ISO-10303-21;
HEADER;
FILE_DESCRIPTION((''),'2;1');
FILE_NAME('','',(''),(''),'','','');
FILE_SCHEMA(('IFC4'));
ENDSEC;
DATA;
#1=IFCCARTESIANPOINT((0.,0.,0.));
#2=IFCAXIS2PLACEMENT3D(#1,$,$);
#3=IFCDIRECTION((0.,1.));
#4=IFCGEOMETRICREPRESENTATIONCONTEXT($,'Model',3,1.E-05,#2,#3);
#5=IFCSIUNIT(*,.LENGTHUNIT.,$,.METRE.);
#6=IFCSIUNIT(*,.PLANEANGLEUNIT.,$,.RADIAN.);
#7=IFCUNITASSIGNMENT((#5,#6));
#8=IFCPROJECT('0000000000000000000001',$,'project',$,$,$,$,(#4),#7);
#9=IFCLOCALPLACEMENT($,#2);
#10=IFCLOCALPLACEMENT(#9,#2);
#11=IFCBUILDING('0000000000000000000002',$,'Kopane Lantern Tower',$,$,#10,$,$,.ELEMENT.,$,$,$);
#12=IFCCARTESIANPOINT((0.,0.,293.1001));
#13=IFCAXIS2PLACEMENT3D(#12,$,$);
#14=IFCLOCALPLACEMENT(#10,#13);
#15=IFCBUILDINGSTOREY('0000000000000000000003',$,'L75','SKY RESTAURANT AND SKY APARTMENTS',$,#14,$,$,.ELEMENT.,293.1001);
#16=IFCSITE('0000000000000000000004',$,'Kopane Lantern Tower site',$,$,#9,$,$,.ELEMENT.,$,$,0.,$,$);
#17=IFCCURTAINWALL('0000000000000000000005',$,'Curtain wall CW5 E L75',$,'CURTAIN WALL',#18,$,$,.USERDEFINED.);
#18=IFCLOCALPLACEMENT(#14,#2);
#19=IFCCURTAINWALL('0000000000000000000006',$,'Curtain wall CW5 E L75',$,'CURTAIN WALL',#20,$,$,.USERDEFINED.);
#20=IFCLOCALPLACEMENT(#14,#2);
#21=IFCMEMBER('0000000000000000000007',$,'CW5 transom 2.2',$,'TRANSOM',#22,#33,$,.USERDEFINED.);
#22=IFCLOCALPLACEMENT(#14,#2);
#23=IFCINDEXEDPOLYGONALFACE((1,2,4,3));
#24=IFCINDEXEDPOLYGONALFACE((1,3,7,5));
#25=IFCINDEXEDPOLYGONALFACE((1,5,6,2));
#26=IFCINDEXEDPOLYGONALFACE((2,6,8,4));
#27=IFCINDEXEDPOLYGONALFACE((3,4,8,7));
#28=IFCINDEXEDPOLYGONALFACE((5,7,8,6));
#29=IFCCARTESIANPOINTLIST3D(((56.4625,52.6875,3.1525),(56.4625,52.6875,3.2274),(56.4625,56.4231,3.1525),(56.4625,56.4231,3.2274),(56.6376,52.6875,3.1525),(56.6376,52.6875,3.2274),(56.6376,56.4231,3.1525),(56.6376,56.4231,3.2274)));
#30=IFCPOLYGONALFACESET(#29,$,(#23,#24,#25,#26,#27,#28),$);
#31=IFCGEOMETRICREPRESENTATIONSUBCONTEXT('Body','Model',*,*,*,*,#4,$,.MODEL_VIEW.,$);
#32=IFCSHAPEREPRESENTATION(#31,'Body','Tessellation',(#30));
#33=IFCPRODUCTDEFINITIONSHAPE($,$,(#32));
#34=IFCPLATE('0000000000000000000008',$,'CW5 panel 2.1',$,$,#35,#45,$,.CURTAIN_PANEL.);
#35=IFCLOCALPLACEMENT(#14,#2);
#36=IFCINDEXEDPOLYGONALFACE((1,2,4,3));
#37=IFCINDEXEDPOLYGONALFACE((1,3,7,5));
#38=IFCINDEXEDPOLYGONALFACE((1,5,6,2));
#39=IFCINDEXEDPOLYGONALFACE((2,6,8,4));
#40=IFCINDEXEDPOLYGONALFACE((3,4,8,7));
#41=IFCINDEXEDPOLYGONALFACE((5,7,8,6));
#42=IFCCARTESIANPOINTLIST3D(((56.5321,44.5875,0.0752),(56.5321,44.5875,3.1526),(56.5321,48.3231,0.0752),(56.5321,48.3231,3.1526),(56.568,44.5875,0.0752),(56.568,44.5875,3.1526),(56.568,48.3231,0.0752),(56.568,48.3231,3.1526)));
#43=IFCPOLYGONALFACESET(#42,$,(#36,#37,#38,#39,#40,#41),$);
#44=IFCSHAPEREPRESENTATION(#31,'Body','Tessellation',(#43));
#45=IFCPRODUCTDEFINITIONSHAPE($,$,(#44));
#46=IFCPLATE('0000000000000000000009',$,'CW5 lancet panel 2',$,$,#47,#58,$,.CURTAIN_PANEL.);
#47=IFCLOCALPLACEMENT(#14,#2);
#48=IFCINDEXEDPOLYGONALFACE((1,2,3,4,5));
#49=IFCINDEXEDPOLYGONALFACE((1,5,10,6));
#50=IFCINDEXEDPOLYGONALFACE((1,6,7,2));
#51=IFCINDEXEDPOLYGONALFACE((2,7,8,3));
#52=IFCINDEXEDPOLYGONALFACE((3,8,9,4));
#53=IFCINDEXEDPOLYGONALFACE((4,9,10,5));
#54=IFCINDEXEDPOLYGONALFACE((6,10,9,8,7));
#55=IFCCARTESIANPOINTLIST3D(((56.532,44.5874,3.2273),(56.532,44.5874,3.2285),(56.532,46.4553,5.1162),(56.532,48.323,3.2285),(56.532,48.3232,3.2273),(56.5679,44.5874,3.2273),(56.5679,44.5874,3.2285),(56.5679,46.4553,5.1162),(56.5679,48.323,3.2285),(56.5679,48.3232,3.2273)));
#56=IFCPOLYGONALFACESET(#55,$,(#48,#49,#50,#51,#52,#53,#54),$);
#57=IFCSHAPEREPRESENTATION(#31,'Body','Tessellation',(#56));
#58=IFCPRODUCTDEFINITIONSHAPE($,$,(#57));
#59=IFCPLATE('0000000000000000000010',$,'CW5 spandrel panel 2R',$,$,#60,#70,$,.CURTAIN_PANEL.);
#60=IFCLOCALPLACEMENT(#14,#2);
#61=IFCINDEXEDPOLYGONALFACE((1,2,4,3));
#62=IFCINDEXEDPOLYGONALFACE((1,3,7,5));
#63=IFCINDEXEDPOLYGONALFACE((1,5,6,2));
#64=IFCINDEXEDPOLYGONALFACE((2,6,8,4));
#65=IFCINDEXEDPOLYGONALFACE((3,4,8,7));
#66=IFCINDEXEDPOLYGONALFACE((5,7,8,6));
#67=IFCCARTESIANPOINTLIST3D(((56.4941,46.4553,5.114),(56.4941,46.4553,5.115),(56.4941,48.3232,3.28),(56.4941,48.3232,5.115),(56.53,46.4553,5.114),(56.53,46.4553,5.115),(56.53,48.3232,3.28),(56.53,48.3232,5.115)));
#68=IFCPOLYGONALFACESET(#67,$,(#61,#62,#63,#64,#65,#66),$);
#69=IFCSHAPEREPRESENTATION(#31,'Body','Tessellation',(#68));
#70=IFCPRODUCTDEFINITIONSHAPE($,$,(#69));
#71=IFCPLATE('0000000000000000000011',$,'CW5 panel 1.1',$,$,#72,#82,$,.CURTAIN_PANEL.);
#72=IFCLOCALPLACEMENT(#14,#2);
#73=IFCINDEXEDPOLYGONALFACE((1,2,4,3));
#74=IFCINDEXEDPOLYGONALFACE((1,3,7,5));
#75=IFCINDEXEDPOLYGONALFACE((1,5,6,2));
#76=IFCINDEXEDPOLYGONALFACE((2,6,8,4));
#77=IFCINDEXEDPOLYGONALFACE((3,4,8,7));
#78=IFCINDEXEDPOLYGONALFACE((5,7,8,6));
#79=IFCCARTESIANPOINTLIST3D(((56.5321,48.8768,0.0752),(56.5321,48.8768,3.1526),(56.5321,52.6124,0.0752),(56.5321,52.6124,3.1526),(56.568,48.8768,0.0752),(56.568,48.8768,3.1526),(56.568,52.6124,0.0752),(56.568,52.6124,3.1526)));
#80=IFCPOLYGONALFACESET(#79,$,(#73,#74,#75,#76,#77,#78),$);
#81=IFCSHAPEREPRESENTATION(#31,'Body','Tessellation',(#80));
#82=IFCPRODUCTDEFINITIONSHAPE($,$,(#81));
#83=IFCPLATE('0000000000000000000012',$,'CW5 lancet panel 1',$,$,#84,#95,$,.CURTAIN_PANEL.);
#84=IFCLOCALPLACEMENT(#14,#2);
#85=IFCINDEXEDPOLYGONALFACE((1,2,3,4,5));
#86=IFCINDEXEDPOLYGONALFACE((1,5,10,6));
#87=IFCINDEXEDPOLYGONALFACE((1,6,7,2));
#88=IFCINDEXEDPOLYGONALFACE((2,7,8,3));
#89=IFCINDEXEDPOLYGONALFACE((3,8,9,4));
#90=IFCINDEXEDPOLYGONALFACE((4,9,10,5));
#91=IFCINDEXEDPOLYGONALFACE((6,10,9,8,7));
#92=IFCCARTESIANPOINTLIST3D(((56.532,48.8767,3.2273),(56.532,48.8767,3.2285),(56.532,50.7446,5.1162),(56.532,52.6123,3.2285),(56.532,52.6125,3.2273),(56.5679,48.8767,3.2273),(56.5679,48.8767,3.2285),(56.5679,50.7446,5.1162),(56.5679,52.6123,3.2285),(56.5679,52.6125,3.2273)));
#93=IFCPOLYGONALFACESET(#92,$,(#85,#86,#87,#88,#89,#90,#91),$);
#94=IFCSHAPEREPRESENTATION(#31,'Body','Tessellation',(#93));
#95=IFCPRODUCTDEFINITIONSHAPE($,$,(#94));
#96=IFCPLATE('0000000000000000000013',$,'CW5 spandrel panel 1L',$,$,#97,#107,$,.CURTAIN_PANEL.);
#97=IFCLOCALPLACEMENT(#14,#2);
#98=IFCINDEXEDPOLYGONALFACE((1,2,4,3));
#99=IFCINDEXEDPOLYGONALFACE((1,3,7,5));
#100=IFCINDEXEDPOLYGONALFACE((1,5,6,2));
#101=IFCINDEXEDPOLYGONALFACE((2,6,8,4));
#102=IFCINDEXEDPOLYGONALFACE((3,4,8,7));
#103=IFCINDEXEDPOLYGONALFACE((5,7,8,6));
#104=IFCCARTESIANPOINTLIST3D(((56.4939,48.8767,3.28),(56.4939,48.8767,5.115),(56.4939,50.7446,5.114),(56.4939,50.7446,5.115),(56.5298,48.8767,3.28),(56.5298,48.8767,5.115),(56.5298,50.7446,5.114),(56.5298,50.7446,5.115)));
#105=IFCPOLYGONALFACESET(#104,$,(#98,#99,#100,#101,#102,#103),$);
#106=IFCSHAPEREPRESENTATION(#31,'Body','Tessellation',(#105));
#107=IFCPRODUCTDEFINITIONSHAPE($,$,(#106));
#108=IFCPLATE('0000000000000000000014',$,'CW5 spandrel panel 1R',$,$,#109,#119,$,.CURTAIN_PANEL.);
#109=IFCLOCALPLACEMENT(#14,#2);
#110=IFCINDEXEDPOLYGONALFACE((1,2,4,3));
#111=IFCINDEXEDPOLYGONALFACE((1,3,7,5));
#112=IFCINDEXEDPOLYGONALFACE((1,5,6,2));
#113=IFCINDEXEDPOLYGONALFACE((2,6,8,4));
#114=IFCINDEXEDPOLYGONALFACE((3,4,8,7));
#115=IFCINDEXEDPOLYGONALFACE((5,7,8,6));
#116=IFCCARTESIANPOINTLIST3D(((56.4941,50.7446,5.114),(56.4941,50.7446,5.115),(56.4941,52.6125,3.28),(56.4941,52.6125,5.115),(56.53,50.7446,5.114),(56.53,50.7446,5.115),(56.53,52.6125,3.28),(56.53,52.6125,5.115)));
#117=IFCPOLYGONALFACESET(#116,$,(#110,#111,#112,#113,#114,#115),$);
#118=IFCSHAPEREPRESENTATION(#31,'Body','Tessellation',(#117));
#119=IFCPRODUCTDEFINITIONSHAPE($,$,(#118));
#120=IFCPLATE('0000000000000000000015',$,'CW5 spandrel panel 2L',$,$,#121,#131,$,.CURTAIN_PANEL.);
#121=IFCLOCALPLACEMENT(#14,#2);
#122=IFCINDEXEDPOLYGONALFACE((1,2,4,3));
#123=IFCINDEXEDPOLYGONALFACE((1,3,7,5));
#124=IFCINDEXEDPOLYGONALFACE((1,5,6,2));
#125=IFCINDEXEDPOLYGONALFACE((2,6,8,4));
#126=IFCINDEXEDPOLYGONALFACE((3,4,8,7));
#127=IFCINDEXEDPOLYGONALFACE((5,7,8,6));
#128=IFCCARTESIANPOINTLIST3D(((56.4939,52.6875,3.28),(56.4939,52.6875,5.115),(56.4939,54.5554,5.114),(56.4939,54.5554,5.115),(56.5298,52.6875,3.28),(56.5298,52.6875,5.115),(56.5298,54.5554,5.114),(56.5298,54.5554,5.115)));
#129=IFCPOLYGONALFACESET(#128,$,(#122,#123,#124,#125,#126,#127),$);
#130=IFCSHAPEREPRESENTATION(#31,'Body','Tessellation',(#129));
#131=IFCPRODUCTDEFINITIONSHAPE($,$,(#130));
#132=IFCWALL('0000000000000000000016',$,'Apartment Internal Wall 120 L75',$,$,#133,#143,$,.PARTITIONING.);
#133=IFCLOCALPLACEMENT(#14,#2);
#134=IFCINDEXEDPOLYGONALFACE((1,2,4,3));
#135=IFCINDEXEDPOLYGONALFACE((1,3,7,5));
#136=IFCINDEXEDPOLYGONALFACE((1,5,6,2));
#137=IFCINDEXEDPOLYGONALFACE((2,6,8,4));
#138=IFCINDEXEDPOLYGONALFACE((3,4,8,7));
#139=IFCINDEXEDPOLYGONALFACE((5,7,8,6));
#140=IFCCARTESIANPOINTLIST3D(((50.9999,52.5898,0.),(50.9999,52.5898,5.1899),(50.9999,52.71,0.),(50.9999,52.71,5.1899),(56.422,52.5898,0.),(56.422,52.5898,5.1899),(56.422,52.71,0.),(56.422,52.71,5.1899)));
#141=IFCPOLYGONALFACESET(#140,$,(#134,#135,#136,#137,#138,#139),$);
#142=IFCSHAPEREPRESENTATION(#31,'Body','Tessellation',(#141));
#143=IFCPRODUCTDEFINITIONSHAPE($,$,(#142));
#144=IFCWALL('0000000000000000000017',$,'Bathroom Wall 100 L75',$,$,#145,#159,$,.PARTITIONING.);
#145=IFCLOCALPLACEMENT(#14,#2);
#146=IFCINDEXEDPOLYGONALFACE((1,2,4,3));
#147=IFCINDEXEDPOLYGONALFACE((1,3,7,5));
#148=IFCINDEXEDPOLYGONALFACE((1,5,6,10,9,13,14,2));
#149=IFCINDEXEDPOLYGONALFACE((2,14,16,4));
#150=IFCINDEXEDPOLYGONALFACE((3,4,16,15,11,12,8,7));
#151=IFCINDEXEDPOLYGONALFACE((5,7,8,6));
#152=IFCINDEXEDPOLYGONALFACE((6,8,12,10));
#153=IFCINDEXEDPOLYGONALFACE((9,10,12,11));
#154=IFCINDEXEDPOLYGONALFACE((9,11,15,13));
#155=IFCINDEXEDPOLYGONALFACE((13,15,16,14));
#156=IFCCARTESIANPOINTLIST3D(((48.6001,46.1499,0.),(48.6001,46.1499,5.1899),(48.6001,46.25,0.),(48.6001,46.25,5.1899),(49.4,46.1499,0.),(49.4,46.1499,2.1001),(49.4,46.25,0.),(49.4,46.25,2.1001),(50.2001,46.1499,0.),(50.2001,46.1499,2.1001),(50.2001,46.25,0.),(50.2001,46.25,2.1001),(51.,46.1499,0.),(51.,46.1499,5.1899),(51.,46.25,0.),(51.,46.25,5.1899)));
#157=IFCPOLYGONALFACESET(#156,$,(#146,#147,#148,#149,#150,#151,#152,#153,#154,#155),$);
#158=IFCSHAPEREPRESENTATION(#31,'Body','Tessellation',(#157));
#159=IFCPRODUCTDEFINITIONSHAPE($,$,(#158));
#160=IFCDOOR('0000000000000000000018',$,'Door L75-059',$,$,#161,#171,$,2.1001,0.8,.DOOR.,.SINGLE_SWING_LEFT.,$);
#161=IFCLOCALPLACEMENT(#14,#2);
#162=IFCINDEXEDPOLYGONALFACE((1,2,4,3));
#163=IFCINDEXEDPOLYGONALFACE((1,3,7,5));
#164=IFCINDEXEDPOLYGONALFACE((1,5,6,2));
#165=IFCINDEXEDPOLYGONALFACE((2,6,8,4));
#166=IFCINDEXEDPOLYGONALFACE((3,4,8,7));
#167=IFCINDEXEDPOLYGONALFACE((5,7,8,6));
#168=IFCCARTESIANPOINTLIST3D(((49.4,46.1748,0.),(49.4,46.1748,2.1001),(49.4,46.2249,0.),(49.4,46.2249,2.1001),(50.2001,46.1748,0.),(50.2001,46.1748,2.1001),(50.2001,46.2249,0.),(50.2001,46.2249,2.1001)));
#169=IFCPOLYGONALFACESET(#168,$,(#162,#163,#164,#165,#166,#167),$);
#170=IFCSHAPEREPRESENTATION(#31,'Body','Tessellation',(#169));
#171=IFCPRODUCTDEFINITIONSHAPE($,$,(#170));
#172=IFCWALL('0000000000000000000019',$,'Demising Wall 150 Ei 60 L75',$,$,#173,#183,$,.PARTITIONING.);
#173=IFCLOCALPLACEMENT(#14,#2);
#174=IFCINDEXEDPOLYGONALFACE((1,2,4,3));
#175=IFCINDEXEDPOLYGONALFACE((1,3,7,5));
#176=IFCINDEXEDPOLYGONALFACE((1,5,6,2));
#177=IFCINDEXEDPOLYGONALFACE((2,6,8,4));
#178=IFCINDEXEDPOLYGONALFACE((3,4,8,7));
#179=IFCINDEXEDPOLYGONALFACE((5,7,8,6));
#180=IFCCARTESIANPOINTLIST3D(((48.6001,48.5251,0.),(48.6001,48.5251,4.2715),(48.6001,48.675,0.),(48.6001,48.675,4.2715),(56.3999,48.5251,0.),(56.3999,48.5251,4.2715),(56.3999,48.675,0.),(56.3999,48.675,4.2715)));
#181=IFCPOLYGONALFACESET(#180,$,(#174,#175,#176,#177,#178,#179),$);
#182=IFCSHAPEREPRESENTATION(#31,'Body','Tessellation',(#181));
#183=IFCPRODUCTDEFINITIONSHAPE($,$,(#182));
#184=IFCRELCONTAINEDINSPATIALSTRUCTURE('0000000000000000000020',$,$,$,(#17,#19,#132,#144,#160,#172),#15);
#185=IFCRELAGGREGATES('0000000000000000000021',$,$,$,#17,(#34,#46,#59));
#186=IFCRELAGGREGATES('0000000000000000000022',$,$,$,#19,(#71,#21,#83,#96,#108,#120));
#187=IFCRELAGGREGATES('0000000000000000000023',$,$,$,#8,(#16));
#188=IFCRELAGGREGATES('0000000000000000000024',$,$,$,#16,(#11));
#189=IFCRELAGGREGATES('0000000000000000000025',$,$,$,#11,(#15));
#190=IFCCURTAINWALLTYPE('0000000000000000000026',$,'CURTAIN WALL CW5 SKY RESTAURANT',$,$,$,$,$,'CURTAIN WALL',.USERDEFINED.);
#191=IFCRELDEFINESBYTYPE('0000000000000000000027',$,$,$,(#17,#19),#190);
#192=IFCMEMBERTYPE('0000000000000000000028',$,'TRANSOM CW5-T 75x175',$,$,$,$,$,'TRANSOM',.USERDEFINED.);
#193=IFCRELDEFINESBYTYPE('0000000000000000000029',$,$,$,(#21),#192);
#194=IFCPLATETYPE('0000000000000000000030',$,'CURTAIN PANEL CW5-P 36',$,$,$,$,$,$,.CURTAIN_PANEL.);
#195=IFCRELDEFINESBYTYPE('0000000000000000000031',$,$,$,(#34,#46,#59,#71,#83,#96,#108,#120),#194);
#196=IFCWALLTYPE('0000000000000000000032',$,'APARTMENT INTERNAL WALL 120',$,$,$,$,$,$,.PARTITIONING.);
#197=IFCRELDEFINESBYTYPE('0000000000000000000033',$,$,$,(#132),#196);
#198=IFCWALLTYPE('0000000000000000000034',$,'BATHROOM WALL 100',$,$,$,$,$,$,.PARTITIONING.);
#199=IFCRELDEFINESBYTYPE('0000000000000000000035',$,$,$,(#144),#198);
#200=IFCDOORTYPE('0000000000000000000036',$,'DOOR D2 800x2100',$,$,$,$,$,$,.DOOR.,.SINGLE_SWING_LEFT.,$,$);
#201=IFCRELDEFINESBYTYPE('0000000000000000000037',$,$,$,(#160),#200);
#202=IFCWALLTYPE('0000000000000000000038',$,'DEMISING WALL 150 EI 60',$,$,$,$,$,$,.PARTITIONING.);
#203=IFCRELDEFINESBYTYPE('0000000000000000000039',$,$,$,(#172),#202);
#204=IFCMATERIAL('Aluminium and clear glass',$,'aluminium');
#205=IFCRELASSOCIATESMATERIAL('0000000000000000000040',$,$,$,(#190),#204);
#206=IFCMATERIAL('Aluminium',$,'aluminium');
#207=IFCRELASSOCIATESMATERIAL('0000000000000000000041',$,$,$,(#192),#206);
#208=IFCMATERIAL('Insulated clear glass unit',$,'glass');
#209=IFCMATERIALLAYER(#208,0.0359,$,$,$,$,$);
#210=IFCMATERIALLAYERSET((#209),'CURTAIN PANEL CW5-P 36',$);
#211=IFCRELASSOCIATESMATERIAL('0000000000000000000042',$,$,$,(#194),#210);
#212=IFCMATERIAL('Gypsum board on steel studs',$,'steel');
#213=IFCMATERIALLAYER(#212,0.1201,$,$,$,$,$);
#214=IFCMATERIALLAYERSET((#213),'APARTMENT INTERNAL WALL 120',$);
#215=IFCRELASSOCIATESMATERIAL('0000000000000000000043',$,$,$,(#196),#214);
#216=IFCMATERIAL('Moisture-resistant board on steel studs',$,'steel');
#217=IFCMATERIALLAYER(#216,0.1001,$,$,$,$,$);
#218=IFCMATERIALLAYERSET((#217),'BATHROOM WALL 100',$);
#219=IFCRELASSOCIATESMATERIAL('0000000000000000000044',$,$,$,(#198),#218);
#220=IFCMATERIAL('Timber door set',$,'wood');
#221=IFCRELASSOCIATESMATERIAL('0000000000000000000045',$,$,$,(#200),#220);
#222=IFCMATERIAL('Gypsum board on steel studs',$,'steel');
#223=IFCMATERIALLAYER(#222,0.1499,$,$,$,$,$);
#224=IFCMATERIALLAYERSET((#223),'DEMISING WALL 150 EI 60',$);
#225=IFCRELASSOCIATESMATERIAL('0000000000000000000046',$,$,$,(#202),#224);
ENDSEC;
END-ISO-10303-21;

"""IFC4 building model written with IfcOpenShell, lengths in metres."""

from ifc_helpers import new_model, si_unit, direction, frame, frame_2d, origin, origin_2d, place, context, subcontext, project, spatial, polyline, rectangle, outline, extrude, material, layer, layer_set, material_profile, profile_set, type_object, element, fill, aggregate, save


model = new_model("IFC4")

# Units and contexts
model_context = context("Model", 3, precision=1e-05, world=origin(), true_north=direction((0.0, 1.0)))
body_context = subcontext(model_context, "Body", "Model", "MODEL_VIEW")
ifc_project = project(units=[si_unit("LENGTHUNIT", "METRE"), si_unit("PLANEANGLEUNIT", "RADIAN")], contexts=[model_context])

# Site, building, storey
site_placement = place(None, origin())
site = spatial("IfcSite", under=ifc_project, at=site_placement, Name="Kopane Lantern Tower site", CompositionType="ELEMENT", RefElevation=0.0)
building_placement = place(site_placement, origin())
building = spatial("IfcBuilding", under=site, at=building_placement, Name="Kopane Lantern Tower", CompositionType="ELEMENT")
storey_placement = place(building_placement, frame((0.0, 0.0, 293.1001)))
storey = spatial("IfcBuildingStorey", under=building, at=storey_placement, Name="L75", Description="SKY RESTAURANT AND SKY APARTMENTS", CompositionType="ELEMENT", Elevation=293.1001)

# Curtain walls, member
ifc_material_1 = material(Name="Aluminium and clear glass", Category="aluminium")
curtain_wall_type = type_object("IfcCurtainWallType", Name="CURTAIN WALL CW5 SKY RESTAURANT", ElementType="CURTAIN WALL", PredefinedType="USERDEFINED", material=ifc_material_1)
curtain_wall_1_placement = place(storey_placement, origin())
curtain_wall_1 = element("IfcCurtainWall", 1, at=curtain_wall_1_placement, inside=storey, type_object=curtain_wall_type, Name="Curtain wall CW5 E L75", ObjectType="CURTAIN WALL", PredefinedType="USERDEFINED")
curtain_wall_2_placement = place(storey_placement, origin())
curtain_wall_2 = element("IfcCurtainWall", 2, at=curtain_wall_2_placement, inside=storey, type_object=curtain_wall_type, Name="Curtain wall CW5 E L75", ObjectType="CURTAIN WALL", PredefinedType="USERDEFINED")
ifc_material_2 = material(Name="Aluminium", Category="aluminium")
ifc_material_profile_1 = material_profile(ifc_material_2, rectangle(XDim=0.175, YDim=0.075, at=origin_2d()), Name="AL 175x75")
ifc_profile_set_1 = profile_set([ifc_material_profile_1], Name="Aluminium")
member_type_1 = type_object("IfcMemberType", Name="TRANSOM CW5-T 75x175", ElementType="TRANSOM", PredefinedType="USERDEFINED", material=ifc_profile_set_1)
member_1_placement = place(storey_placement, frame((56.55, 52.6875, 3.1899), z_axis=(0.0, 1.0, 0.0), x_axis=(-1.0, 0.0, 0.0)))
member_1 = element("IfcMember", 3, at=member_1_placement, type_object=member_type_1, Name="CW5 transom 2.2", ObjectType="TRANSOM", PredefinedType="USERDEFINED", context=body_context, shape_type="SweptSolid", body=[
    extrude(rectangle(XDim=0.175, YDim=0.075, at=origin_2d()), origin(), (0.0, 0.0, 1.0), 3.7356),
])

# Plates
ifc_material_3 = material(Name="Insulated clear glass unit", Category="glass")
ifc_layer_1 = layer(ifc_material_3, 0.0359)
ifc_layer_set_1 = layer_set([ifc_layer_1], Name="CURTAIN PANEL CW5-P 36")
plate_type = type_object("IfcPlateType", Name="CURTAIN PANEL CW5-P 36", PredefinedType="CURTAIN_PANEL", material=ifc_layer_set_1)
plate_1_placement = place(storey_placement, frame((56.55, 46.4553, 0.0752), z_axis=(0.0, 0.0, 1.0), x_axis=(0.0, 1.0, 0.0)))
plate_1 = element("IfcPlate", 4, at=plate_1_placement, type_object=plate_type, Name="CW5 panel 2.1", PredefinedType="CURTAIN_PANEL", context=body_context, shape_type="SweptSolid", body=[
    extrude(rectangle(XDim=3.7356, YDim=0.0359, at=origin_2d()), origin(), (0.0, 0.0, 1.0), 3.0774),
])
plate_2_placement = place(storey_placement, frame((56.55, 44.5874, 3.2273), z_axis=(0.0, 0.0, 1.0), x_axis=(0.0, 1.0, 0.0)))
plate_2 = element("IfcPlate", 5, at=plate_2_placement, type_object=plate_type, Name="CW5 lancet panel 2", PredefinedType="CURTAIN_PANEL", context=body_context, shape_type="SweptSolid", body=[
    extrude(outline(polyline([(0.0, 0.0), (3.7358, 0.0), (3.7356, 0.0012), (1.8679, 1.8889), (0.0, 0.0012), (0.0, 0.0)])), frame((0.0, 0.0181, 0.0), z_axis=(0.0, -1.0, 0.0), x_axis=(1.0, 0.0, 0.0)), (0.0, 0.0, 1.0), 0.0359),
])
plate_3_placement = place(storey_placement, frame((56.512, 48.3232, 5.115), z_axis=(0.0, 0.0, 1.0), x_axis=(0.0, -1.0, 0.0)))
plate_3 = element("IfcPlate", 6, at=plate_3_placement, type_object=plate_type, Name="CW5 spandrel panel 2R", PredefinedType="CURTAIN_PANEL", context=body_context, shape_type="SweptSolid", body=[
    extrude(outline(polyline([(0.0, 0.0), (1.8679, 0.0), (1.8679, -0.001), (0.0, -1.835), (0.0, 0.0)])), frame((0.0, 0.0181, 0.0), z_axis=(0.0, -1.0, 0.0), x_axis=(1.0, 0.0, 0.0)), (0.0, 0.0, 1.0), 0.0359),
])
aggregate(curtain_wall_1, [plate_1, plate_2, plate_3])
plate_4_placement = place(storey_placement, frame((56.55, 50.7446, 0.0752), z_axis=(0.0, 0.0, 1.0), x_axis=(0.0, 1.0, 0.0)))
plate_4 = element("IfcPlate", 7, at=plate_4_placement, type_object=plate_type, Name="CW5 panel 1.1", PredefinedType="CURTAIN_PANEL", context=body_context, shape_type="SweptSolid", body=[
    extrude(rectangle(XDim=3.7356, YDim=0.0359, at=origin_2d()), origin(), (0.0, 0.0, 1.0), 3.0774),
])
plate_5_placement = place(storey_placement, frame((56.55, 48.8767, 3.2273), z_axis=(0.0, 0.0, 1.0), x_axis=(0.0, 1.0, 0.0)))
plate_5 = element("IfcPlate", 8, at=plate_5_placement, type_object=plate_type, Name="CW5 lancet panel 1", PredefinedType="CURTAIN_PANEL", context=body_context, shape_type="SweptSolid", body=[
    extrude(outline(polyline([(0.0, 0.0), (3.7358, 0.0), (3.7356, 0.0012), (1.8679, 1.8889), (0.0, 0.0012), (0.0, 0.0)])), frame((0.0, 0.0181, 0.0), z_axis=(0.0, -1.0, 0.0), x_axis=(1.0, 0.0, 0.0)), (0.0, 0.0, 1.0), 0.0359),
])
plate_6_placement = place(storey_placement, frame((56.512, 48.8767, 5.115), z_axis=(0.0, 0.0, 1.0), x_axis=(0.0, 1.0, 0.0)))
plate_6 = element("IfcPlate", 9, at=plate_6_placement, type_object=plate_type, Name="CW5 spandrel panel 1L", PredefinedType="CURTAIN_PANEL", context=body_context, shape_type="SweptSolid", body=[
    extrude(outline(polyline([(0.0, 0.0), (1.8679, 0.0), (1.8679, -0.001), (0.0, -1.835), (0.0, 0.0)])), frame((0.0, 0.0181, 0.0), z_axis=(0.0, -1.0, 0.0), x_axis=(1.0, 0.0, 0.0)), (0.0, 0.0, 1.0), 0.0359),
])
plate_7_placement = place(storey_placement, frame((56.512, 52.6125, 5.115), z_axis=(0.0, 0.0, 1.0), x_axis=(0.0, -1.0, 0.0)))
plate_7 = element("IfcPlate", 10, at=plate_7_placement, type_object=plate_type, Name="CW5 spandrel panel 1R", PredefinedType="CURTAIN_PANEL", context=body_context, shape_type="SweptSolid", body=[
    extrude(outline(polyline([(0.0, 0.0), (1.8679, 0.0), (1.8679, -0.001), (0.0, -1.835), (0.0, 0.0)])), frame((0.0, 0.0181, 0.0), z_axis=(0.0, -1.0, 0.0), x_axis=(1.0, 0.0, 0.0)), (0.0, 0.0, 1.0), 0.0359),
])
plate_8_placement = place(storey_placement, frame((56.512, 52.6875, 5.115), z_axis=(0.0, 0.0, 1.0), x_axis=(0.0, 1.0, 0.0)))
plate_8 = element("IfcPlate", 11, at=plate_8_placement, type_object=plate_type, Name="CW5 spandrel panel 2L", PredefinedType="CURTAIN_PANEL", context=body_context, shape_type="SweptSolid", body=[
    extrude(outline(polyline([(0.0, 0.0), (1.8679, 0.0), (1.8679, -0.001), (0.0, -1.835), (0.0, 0.0)])), frame((0.0, 0.0181, 0.0), z_axis=(0.0, -1.0, 0.0), x_axis=(1.0, 0.0, 0.0)), (0.0, 0.0, 1.0), 0.0359),
])
aggregate(curtain_wall_2, [plate_4, member_1, plate_5, plate_6, plate_7, plate_8])

# Wall
ifc_material_4 = material(Name="Gypsum board on steel studs", Category="steel")
ifc_layer_2 = layer(ifc_material_4, 0.1201)
ifc_layer_set_2 = layer_set([ifc_layer_2], Name="APARTMENT INTERNAL WALL 120")
wall_type_1 = type_object("IfcWallType", Name="APARTMENT INTERNAL WALL 120", PredefinedType="PARTITIONING", material=ifc_layer_set_2)
wall_1_placement = place(storey_placement, frame((51.0, 52.6499, 0.0), z_axis=(0.0, 0.0, 1.0), x_axis=(1.0, 0.0, 0.0)))
element("IfcWall", 12, at=wall_1_placement, inside=storey, type_object=wall_type_1, Name="Apartment Internal Wall 120 L75", PredefinedType="PARTITIONING", context=body_context, shape_type="SweptSolid", body=[
    extrude(rectangle(XDim=5.4221, YDim=0.1201, at=frame_2d((2.7109, 0.0))), origin(), (0.0, 0.0, 1.0), 5.1899),
])

# Wall, opening, door
ifc_material_5 = material(Name="Moisture-resistant board on steel studs", Category="steel")
ifc_layer_3 = layer(ifc_material_5, 0.1001)
ifc_layer_set_3 = layer_set([ifc_layer_3], Name="BATHROOM WALL 100")
wall_type_2 = type_object("IfcWallType", Name="BATHROOM WALL 100", PredefinedType="PARTITIONING", material=ifc_layer_set_3)
wall_2_placement = place(storey_placement, frame((48.6001, 46.2, 0.0), z_axis=(0.0, 0.0, 1.0), x_axis=(1.0, 0.0, 0.0)))
wall_2 = element("IfcWall", 13, at=wall_2_placement, inside=storey, type_object=wall_type_2, Name="Bathroom Wall 100 L75", PredefinedType="PARTITIONING", context=body_context, shape_type="SweptSolid", body=[
    extrude(rectangle(XDim=2.3999, YDim=0.1001, at=frame_2d((1.2, 0.0))), origin(), (0.0, 0.0, 1.0), 5.1899),
])
opening_placement = place(wall_2_placement, frame((0.8, 0.0, 0.0)))
opening = element("IfcOpeningElement", 14, at=opening_placement, cuts=wall_2, PredefinedType="OPENING", context=body_context, shape_type="SweptSolid", body=[
    extrude(rectangle(XDim=0.8, YDim=2.1001, at=frame_2d((0.3999, 1.05))), frame((0.0, 0.0601, 0.0), z_axis=(0.0, -1.0, 0.0), x_axis=(1.0, 0.0, 0.0)), (0.0, 0.0, 1.0), 0.1201),
])
ifc_material_6 = material(Name="Timber door set", Category="wood")
door_type = type_object("IfcDoorType", Name="DOOR D2 800x2100", OperationType="SINGLE_SWING_LEFT", PredefinedType="DOOR", material=ifc_material_6)
door_placement = place(opening_placement, origin())
door = element("IfcDoor", 15, at=door_placement, inside=storey, type_object=door_type, Name="Door L75-059", OperationType="SINGLE_SWING_LEFT", OverallHeight=2.1001, OverallWidth=0.8, PredefinedType="DOOR", context=body_context, shape_type="SweptSolid", body=[
    extrude(rectangle(XDim=0.8, YDim=2.1001, at=frame_2d((0.3999, 1.05))), frame((0.0, 0.0249, 0.0), z_axis=(0.0, -1.0, 0.0), x_axis=(1.0, 0.0, 0.0)), (0.0, 0.0, 1.0), 0.05),
])
fill(opening, door)

# Wall
ifc_material_7 = material(Name="Gypsum board on steel studs", Category="steel")
ifc_layer_4 = layer(ifc_material_7, 0.1499)
ifc_layer_set_4 = layer_set([ifc_layer_4], Name="DEMISING WALL 150 EI 60")
wall_type_3 = type_object("IfcWallType", Name="DEMISING WALL 150 EI 60", PredefinedType="PARTITIONING", material=ifc_layer_set_4)
wall_3_placement = place(storey_placement, frame((48.6001, 48.6001, 0.0), z_axis=(0.0, 0.0, 1.0), x_axis=(1.0, 0.0, 0.0)))
element("IfcWall", 16, at=wall_3_placement, inside=storey, type_object=wall_type_3, Name="Demising Wall 150 Ei 60 L75", PredefinedType="PARTITIONING", context=body_context, shape_type="SweptSolid", body=[
    extrude(rectangle(XDim=7.7998, YDim=0.1499, at=frame_2d((3.8999, 0.0))), origin(), (0.0, 0.0, 1.0), 4.2715),
])

save(model, "model.ifc")
